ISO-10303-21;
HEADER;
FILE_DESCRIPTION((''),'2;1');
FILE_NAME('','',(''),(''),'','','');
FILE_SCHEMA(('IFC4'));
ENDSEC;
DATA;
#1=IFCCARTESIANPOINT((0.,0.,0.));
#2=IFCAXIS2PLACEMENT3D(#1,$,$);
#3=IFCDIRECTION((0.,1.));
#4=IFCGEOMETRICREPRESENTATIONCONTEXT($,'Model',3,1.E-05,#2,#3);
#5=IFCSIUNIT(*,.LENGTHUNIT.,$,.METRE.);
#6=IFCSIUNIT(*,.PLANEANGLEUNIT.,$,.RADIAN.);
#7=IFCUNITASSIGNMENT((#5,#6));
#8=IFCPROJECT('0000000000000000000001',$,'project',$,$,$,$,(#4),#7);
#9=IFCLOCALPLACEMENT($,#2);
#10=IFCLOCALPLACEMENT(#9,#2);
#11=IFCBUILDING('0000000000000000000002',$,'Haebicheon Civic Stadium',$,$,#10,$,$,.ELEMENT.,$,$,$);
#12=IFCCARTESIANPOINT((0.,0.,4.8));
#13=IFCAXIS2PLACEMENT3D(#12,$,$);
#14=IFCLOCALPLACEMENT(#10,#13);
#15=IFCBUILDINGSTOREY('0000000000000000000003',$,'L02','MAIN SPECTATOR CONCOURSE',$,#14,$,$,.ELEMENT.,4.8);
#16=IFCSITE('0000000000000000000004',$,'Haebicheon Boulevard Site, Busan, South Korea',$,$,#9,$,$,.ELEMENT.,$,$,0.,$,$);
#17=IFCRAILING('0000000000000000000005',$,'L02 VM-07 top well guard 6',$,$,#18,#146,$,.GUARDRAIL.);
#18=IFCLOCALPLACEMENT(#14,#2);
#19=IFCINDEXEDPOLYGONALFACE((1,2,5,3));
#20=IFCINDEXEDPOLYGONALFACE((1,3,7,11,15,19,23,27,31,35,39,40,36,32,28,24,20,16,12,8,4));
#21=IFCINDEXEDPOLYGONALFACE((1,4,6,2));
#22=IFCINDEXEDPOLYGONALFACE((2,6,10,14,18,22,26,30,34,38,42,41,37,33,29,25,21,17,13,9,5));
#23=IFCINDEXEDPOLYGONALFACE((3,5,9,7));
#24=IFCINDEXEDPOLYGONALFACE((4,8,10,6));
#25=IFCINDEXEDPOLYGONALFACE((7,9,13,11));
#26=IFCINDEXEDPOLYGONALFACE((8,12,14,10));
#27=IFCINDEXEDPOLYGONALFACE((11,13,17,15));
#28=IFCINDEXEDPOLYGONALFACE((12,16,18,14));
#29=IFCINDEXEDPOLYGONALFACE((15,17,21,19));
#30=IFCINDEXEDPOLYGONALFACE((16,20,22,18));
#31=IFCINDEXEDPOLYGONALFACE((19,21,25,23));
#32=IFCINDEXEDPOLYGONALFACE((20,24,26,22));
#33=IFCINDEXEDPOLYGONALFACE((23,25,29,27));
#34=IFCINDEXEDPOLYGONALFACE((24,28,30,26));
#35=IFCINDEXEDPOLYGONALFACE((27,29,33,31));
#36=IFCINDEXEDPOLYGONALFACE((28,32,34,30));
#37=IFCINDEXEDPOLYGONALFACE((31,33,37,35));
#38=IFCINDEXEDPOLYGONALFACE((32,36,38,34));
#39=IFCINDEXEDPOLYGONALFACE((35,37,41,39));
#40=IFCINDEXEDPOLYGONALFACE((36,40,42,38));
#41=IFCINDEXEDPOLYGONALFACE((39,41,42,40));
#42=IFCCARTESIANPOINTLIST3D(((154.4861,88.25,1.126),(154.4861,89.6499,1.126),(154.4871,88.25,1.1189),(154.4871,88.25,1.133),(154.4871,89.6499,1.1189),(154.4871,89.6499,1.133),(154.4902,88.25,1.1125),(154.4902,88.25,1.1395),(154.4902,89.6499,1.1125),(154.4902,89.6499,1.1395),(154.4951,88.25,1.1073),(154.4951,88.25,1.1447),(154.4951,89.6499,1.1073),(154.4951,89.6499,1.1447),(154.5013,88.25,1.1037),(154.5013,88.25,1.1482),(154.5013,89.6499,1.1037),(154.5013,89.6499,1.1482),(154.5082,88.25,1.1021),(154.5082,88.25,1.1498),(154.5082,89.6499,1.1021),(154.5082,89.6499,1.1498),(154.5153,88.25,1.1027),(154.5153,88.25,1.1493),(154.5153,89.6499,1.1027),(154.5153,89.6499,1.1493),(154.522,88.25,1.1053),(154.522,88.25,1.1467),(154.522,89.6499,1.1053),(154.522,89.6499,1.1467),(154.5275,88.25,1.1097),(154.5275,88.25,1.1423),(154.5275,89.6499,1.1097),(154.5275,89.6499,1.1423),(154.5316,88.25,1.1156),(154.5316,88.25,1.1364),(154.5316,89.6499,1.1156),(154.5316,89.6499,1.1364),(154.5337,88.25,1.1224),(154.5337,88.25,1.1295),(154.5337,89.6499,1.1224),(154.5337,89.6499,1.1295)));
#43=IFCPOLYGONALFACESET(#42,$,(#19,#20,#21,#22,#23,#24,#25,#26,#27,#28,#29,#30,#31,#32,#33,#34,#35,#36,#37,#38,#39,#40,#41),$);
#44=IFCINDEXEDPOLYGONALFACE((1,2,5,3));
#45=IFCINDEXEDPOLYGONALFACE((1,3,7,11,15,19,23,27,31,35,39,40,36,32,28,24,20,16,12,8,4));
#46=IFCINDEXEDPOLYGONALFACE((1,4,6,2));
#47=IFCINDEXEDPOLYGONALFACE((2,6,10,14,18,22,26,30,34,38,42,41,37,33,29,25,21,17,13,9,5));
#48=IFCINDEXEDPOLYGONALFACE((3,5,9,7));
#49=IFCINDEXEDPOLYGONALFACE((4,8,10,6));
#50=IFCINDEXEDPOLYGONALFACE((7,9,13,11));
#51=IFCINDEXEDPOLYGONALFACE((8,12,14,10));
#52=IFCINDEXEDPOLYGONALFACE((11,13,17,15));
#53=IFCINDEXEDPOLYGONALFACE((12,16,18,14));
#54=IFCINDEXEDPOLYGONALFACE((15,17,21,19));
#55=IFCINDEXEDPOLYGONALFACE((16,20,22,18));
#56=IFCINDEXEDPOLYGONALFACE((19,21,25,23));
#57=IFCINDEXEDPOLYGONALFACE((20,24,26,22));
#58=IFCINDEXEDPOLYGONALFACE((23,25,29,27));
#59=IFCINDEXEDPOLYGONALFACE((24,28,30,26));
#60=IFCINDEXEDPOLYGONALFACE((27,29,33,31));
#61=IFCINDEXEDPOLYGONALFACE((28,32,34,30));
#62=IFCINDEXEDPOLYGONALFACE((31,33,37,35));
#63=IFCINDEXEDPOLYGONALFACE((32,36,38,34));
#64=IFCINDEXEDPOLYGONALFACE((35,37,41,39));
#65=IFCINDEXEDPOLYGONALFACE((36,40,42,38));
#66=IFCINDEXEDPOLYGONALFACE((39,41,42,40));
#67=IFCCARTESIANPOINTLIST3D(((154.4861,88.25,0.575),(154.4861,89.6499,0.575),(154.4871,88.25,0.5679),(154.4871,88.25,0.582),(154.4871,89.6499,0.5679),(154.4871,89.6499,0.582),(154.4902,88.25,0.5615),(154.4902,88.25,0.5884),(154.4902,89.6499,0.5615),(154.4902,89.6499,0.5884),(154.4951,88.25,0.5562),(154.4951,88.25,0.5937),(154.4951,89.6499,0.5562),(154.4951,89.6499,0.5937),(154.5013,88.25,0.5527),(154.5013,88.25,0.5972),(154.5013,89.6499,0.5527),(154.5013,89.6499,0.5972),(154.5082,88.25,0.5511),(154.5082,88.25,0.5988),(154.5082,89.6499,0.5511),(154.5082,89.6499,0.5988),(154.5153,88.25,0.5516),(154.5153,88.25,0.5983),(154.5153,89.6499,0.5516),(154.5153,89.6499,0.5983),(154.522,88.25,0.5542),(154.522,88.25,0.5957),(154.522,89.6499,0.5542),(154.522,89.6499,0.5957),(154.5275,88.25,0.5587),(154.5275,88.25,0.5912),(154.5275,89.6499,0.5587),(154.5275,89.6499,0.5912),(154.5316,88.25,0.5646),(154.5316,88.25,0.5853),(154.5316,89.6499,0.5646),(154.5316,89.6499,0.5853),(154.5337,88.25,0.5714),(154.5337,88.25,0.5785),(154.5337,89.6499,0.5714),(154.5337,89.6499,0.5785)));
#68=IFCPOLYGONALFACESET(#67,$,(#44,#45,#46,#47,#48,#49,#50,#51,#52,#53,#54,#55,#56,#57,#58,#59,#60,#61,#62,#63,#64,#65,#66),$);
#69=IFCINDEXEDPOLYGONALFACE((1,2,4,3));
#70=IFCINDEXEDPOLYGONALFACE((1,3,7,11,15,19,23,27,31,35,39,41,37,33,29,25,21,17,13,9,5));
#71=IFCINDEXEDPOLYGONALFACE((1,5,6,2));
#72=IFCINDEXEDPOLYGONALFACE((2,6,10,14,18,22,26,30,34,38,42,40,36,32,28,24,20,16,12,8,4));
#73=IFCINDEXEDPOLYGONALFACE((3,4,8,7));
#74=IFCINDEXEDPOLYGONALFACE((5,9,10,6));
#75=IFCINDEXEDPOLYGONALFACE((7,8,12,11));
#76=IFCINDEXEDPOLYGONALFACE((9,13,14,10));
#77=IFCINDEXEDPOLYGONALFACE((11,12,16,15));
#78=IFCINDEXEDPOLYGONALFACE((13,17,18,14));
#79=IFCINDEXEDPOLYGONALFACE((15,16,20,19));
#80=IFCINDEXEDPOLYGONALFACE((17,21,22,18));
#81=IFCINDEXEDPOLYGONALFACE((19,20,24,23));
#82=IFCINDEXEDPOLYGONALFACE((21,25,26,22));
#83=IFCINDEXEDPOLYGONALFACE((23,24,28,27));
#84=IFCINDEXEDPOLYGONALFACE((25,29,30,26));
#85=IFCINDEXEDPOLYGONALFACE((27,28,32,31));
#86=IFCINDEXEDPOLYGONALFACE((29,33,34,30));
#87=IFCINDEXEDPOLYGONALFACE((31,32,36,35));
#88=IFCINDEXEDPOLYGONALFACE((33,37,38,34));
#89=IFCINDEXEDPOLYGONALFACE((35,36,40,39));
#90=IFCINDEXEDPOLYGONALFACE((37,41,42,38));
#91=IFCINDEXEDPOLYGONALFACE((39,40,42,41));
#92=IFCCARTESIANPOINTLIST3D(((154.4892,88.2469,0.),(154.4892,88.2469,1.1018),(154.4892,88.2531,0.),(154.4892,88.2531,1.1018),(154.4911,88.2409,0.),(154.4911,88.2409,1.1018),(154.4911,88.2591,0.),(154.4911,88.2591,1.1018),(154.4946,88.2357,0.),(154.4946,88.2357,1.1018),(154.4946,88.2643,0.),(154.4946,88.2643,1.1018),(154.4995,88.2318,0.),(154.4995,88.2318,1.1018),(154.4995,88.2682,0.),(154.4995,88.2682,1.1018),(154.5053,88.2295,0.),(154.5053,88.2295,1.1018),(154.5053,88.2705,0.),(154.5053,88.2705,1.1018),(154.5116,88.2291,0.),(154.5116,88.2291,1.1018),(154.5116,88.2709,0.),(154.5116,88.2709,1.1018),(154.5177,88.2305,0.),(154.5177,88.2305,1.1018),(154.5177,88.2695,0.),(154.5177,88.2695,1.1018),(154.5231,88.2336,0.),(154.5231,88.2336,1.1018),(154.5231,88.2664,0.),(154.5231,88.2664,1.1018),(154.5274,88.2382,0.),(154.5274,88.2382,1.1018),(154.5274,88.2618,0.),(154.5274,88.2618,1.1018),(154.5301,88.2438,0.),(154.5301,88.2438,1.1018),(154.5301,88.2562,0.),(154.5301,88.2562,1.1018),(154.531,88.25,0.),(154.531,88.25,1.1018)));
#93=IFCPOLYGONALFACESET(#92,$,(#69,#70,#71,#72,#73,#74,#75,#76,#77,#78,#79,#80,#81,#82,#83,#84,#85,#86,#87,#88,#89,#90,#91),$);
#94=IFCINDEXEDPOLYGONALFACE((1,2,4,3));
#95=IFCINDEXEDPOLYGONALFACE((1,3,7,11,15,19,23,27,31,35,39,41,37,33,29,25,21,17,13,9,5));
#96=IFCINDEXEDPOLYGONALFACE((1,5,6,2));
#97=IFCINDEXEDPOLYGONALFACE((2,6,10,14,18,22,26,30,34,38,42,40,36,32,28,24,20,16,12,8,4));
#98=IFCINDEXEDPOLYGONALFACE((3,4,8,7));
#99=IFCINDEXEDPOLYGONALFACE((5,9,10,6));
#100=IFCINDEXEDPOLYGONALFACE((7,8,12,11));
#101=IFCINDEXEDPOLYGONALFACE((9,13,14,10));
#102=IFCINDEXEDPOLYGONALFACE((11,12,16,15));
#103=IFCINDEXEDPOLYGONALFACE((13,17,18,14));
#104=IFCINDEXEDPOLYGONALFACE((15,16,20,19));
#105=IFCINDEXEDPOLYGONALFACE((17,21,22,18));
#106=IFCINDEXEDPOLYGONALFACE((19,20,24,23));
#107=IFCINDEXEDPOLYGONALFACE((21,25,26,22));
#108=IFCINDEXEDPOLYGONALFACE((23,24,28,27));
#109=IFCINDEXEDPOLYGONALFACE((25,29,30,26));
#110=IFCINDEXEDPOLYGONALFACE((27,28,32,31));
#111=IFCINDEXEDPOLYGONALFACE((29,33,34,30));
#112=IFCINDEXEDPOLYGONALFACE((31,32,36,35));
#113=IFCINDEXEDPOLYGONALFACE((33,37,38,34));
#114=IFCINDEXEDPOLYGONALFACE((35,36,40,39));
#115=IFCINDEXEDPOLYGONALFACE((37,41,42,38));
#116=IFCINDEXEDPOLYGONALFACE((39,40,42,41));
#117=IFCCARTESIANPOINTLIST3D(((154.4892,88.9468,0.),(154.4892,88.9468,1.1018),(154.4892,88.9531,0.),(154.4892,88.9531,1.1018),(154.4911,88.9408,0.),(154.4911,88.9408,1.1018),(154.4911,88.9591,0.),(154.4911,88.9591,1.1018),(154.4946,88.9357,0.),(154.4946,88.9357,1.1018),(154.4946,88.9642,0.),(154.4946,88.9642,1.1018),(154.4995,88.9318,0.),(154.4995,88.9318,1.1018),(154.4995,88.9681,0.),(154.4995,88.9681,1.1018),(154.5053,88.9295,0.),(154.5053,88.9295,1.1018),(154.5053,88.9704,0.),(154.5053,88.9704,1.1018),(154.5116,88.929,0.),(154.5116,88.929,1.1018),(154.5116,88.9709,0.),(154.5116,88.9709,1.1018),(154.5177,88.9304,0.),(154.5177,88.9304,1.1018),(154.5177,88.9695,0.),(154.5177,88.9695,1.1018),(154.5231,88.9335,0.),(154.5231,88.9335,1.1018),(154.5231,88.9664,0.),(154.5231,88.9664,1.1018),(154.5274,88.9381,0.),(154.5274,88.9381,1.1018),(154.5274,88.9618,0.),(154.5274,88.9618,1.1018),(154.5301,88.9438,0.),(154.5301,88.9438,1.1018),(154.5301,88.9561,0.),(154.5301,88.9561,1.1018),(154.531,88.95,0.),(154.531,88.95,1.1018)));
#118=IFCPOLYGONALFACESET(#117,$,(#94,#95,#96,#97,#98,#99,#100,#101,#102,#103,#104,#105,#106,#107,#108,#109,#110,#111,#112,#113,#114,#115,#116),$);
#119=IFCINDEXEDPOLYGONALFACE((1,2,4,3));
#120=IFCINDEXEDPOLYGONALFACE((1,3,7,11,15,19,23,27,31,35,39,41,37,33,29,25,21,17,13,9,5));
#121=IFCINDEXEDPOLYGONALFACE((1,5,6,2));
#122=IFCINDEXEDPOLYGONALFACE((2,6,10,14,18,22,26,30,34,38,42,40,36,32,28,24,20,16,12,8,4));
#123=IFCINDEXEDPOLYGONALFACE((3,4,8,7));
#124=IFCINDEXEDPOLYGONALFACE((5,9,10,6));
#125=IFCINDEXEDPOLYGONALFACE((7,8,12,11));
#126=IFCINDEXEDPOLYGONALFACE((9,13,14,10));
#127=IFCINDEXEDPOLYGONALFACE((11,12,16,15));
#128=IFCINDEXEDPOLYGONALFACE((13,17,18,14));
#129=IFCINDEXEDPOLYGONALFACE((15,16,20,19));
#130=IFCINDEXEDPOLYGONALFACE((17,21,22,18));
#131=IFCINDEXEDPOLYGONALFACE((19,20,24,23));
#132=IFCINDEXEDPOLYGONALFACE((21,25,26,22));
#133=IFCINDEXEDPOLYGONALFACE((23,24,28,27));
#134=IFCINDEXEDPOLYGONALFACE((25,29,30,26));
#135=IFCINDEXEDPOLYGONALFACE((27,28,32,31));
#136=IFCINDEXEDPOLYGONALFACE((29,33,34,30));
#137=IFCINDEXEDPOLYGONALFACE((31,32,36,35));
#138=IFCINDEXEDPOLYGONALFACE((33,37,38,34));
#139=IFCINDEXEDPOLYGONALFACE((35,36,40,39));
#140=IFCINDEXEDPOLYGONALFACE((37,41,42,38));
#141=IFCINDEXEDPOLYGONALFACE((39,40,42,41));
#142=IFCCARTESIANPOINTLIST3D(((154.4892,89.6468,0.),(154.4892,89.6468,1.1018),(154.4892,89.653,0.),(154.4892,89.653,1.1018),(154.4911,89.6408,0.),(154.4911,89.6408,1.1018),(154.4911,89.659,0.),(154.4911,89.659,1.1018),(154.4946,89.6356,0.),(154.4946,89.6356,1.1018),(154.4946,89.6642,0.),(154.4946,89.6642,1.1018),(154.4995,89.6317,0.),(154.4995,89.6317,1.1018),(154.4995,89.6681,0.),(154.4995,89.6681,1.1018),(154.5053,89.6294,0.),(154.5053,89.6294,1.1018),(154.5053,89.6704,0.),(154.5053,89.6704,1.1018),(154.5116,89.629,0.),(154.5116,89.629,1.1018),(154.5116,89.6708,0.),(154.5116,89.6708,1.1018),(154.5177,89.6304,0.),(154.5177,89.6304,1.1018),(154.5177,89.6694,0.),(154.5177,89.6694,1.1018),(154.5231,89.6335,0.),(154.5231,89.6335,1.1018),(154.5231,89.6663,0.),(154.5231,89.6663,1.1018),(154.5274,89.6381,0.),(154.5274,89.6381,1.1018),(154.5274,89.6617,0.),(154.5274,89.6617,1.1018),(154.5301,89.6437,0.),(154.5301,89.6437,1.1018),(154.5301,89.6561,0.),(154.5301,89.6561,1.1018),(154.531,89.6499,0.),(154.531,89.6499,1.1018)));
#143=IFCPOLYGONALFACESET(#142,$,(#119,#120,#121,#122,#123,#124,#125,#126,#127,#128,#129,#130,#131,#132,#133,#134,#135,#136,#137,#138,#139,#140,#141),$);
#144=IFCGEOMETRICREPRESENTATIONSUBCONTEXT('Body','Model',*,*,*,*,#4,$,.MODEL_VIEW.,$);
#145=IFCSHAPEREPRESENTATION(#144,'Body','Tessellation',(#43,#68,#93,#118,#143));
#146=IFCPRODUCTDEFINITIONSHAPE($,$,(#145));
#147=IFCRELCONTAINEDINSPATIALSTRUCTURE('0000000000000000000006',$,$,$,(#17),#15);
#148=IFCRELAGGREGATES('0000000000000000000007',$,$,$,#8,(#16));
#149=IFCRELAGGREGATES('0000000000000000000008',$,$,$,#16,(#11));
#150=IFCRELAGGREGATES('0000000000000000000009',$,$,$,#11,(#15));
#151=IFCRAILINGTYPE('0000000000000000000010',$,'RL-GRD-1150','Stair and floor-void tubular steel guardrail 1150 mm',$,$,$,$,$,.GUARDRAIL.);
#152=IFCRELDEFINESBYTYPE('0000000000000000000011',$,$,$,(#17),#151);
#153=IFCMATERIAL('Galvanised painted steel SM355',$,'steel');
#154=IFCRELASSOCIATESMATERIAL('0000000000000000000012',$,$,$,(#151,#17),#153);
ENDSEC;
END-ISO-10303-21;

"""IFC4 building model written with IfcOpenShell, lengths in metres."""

from ifc_helpers import new_model, si_unit, direction, frame, origin, origin_2d, place, context, subcontext, project, spatial, circle, extrude, material, type_object, element, save


model = new_model("IFC4")

# Units and contexts
model_context = context("Model", 3, precision=1e-05, world=origin(), true_north=direction((0.0, 1.0)))
body_context = subcontext(model_context, "Body", "Model", "MODEL_VIEW")
ifc_project = project(units=[si_unit("LENGTHUNIT", "METRE"), si_unit("PLANEANGLEUNIT", "RADIAN")], contexts=[model_context])

# Site, building, storey
site_placement = place(None, origin())
site = spatial("IfcSite", under=ifc_project, at=site_placement, Name="Haebicheon Boulevard Site, Busan, South Korea", CompositionType="ELEMENT", RefElevation=0.0)
building_placement = place(site_placement, origin())
building = spatial("IfcBuilding", under=site, at=building_placement, Name="Haebicheon Civic Stadium", CompositionType="ELEMENT")
storey_placement = place(building_placement, frame((0.0, 0.0, 4.8)))
storey = spatial("IfcBuildingStorey", under=building, at=storey_placement, Name="L02", Description="MAIN SPECTATOR CONCOURSE", CompositionType="ELEMENT", Elevation=4.8)

# Railing
ifc_material_1 = material(Name="Galvanised painted steel SM355", Category="steel")
railing_type_1 = type_object("IfcRailingType", Name="RL-GRD-1150", Description="Stair and floor-void tubular steel guardrail 1150 mm", PredefinedType="GUARDRAIL", material=ifc_material_1)
for number, where, name in (
    (1, (154.51, 88.25, 0.0), "L02 VM-07 top well guard 6"),
):
    element("IfcRailing", number, at=place(storey_placement, frame(where)), inside=storey, type_object=railing_type_1, material=ifc_material_1, Name=name, PredefinedType="GUARDRAIL", context=body_context, shape_type="SweptSolid", body=[
        extrude(circle(Radius=0.0239, at=origin_2d()), frame((0.0, 0.0, 1.126), z_axis=(0.0, 1.0, 0.0), x_axis=(-1.0, 0.0, 0.0)), (0.0, 0.0, 1.0), 1.3999),
        extrude(circle(Radius=0.0239, at=origin_2d()), frame((0.0, 0.0, 0.575), z_axis=(0.0, 1.0, 0.0), x_axis=(-1.0, 0.0, 0.0)), (0.0, 0.0, 1.0), 1.3999),
        extrude(circle(Radius=0.021, at=origin_2d()), origin(), (0.0, 0.0, 1.0), 1.1018),
        extrude(circle(Radius=0.021, at=origin_2d()), frame((0.0, 0.7, 0.0)), (0.0, 0.0, 1.0), 1.1018),
        extrude(circle(Radius=0.021, at=origin_2d()), frame((0.0, 1.3999, 0.0)), (0.0, 0.0, 1.0), 1.1018),
    ])

save(model, "model.ifc")
